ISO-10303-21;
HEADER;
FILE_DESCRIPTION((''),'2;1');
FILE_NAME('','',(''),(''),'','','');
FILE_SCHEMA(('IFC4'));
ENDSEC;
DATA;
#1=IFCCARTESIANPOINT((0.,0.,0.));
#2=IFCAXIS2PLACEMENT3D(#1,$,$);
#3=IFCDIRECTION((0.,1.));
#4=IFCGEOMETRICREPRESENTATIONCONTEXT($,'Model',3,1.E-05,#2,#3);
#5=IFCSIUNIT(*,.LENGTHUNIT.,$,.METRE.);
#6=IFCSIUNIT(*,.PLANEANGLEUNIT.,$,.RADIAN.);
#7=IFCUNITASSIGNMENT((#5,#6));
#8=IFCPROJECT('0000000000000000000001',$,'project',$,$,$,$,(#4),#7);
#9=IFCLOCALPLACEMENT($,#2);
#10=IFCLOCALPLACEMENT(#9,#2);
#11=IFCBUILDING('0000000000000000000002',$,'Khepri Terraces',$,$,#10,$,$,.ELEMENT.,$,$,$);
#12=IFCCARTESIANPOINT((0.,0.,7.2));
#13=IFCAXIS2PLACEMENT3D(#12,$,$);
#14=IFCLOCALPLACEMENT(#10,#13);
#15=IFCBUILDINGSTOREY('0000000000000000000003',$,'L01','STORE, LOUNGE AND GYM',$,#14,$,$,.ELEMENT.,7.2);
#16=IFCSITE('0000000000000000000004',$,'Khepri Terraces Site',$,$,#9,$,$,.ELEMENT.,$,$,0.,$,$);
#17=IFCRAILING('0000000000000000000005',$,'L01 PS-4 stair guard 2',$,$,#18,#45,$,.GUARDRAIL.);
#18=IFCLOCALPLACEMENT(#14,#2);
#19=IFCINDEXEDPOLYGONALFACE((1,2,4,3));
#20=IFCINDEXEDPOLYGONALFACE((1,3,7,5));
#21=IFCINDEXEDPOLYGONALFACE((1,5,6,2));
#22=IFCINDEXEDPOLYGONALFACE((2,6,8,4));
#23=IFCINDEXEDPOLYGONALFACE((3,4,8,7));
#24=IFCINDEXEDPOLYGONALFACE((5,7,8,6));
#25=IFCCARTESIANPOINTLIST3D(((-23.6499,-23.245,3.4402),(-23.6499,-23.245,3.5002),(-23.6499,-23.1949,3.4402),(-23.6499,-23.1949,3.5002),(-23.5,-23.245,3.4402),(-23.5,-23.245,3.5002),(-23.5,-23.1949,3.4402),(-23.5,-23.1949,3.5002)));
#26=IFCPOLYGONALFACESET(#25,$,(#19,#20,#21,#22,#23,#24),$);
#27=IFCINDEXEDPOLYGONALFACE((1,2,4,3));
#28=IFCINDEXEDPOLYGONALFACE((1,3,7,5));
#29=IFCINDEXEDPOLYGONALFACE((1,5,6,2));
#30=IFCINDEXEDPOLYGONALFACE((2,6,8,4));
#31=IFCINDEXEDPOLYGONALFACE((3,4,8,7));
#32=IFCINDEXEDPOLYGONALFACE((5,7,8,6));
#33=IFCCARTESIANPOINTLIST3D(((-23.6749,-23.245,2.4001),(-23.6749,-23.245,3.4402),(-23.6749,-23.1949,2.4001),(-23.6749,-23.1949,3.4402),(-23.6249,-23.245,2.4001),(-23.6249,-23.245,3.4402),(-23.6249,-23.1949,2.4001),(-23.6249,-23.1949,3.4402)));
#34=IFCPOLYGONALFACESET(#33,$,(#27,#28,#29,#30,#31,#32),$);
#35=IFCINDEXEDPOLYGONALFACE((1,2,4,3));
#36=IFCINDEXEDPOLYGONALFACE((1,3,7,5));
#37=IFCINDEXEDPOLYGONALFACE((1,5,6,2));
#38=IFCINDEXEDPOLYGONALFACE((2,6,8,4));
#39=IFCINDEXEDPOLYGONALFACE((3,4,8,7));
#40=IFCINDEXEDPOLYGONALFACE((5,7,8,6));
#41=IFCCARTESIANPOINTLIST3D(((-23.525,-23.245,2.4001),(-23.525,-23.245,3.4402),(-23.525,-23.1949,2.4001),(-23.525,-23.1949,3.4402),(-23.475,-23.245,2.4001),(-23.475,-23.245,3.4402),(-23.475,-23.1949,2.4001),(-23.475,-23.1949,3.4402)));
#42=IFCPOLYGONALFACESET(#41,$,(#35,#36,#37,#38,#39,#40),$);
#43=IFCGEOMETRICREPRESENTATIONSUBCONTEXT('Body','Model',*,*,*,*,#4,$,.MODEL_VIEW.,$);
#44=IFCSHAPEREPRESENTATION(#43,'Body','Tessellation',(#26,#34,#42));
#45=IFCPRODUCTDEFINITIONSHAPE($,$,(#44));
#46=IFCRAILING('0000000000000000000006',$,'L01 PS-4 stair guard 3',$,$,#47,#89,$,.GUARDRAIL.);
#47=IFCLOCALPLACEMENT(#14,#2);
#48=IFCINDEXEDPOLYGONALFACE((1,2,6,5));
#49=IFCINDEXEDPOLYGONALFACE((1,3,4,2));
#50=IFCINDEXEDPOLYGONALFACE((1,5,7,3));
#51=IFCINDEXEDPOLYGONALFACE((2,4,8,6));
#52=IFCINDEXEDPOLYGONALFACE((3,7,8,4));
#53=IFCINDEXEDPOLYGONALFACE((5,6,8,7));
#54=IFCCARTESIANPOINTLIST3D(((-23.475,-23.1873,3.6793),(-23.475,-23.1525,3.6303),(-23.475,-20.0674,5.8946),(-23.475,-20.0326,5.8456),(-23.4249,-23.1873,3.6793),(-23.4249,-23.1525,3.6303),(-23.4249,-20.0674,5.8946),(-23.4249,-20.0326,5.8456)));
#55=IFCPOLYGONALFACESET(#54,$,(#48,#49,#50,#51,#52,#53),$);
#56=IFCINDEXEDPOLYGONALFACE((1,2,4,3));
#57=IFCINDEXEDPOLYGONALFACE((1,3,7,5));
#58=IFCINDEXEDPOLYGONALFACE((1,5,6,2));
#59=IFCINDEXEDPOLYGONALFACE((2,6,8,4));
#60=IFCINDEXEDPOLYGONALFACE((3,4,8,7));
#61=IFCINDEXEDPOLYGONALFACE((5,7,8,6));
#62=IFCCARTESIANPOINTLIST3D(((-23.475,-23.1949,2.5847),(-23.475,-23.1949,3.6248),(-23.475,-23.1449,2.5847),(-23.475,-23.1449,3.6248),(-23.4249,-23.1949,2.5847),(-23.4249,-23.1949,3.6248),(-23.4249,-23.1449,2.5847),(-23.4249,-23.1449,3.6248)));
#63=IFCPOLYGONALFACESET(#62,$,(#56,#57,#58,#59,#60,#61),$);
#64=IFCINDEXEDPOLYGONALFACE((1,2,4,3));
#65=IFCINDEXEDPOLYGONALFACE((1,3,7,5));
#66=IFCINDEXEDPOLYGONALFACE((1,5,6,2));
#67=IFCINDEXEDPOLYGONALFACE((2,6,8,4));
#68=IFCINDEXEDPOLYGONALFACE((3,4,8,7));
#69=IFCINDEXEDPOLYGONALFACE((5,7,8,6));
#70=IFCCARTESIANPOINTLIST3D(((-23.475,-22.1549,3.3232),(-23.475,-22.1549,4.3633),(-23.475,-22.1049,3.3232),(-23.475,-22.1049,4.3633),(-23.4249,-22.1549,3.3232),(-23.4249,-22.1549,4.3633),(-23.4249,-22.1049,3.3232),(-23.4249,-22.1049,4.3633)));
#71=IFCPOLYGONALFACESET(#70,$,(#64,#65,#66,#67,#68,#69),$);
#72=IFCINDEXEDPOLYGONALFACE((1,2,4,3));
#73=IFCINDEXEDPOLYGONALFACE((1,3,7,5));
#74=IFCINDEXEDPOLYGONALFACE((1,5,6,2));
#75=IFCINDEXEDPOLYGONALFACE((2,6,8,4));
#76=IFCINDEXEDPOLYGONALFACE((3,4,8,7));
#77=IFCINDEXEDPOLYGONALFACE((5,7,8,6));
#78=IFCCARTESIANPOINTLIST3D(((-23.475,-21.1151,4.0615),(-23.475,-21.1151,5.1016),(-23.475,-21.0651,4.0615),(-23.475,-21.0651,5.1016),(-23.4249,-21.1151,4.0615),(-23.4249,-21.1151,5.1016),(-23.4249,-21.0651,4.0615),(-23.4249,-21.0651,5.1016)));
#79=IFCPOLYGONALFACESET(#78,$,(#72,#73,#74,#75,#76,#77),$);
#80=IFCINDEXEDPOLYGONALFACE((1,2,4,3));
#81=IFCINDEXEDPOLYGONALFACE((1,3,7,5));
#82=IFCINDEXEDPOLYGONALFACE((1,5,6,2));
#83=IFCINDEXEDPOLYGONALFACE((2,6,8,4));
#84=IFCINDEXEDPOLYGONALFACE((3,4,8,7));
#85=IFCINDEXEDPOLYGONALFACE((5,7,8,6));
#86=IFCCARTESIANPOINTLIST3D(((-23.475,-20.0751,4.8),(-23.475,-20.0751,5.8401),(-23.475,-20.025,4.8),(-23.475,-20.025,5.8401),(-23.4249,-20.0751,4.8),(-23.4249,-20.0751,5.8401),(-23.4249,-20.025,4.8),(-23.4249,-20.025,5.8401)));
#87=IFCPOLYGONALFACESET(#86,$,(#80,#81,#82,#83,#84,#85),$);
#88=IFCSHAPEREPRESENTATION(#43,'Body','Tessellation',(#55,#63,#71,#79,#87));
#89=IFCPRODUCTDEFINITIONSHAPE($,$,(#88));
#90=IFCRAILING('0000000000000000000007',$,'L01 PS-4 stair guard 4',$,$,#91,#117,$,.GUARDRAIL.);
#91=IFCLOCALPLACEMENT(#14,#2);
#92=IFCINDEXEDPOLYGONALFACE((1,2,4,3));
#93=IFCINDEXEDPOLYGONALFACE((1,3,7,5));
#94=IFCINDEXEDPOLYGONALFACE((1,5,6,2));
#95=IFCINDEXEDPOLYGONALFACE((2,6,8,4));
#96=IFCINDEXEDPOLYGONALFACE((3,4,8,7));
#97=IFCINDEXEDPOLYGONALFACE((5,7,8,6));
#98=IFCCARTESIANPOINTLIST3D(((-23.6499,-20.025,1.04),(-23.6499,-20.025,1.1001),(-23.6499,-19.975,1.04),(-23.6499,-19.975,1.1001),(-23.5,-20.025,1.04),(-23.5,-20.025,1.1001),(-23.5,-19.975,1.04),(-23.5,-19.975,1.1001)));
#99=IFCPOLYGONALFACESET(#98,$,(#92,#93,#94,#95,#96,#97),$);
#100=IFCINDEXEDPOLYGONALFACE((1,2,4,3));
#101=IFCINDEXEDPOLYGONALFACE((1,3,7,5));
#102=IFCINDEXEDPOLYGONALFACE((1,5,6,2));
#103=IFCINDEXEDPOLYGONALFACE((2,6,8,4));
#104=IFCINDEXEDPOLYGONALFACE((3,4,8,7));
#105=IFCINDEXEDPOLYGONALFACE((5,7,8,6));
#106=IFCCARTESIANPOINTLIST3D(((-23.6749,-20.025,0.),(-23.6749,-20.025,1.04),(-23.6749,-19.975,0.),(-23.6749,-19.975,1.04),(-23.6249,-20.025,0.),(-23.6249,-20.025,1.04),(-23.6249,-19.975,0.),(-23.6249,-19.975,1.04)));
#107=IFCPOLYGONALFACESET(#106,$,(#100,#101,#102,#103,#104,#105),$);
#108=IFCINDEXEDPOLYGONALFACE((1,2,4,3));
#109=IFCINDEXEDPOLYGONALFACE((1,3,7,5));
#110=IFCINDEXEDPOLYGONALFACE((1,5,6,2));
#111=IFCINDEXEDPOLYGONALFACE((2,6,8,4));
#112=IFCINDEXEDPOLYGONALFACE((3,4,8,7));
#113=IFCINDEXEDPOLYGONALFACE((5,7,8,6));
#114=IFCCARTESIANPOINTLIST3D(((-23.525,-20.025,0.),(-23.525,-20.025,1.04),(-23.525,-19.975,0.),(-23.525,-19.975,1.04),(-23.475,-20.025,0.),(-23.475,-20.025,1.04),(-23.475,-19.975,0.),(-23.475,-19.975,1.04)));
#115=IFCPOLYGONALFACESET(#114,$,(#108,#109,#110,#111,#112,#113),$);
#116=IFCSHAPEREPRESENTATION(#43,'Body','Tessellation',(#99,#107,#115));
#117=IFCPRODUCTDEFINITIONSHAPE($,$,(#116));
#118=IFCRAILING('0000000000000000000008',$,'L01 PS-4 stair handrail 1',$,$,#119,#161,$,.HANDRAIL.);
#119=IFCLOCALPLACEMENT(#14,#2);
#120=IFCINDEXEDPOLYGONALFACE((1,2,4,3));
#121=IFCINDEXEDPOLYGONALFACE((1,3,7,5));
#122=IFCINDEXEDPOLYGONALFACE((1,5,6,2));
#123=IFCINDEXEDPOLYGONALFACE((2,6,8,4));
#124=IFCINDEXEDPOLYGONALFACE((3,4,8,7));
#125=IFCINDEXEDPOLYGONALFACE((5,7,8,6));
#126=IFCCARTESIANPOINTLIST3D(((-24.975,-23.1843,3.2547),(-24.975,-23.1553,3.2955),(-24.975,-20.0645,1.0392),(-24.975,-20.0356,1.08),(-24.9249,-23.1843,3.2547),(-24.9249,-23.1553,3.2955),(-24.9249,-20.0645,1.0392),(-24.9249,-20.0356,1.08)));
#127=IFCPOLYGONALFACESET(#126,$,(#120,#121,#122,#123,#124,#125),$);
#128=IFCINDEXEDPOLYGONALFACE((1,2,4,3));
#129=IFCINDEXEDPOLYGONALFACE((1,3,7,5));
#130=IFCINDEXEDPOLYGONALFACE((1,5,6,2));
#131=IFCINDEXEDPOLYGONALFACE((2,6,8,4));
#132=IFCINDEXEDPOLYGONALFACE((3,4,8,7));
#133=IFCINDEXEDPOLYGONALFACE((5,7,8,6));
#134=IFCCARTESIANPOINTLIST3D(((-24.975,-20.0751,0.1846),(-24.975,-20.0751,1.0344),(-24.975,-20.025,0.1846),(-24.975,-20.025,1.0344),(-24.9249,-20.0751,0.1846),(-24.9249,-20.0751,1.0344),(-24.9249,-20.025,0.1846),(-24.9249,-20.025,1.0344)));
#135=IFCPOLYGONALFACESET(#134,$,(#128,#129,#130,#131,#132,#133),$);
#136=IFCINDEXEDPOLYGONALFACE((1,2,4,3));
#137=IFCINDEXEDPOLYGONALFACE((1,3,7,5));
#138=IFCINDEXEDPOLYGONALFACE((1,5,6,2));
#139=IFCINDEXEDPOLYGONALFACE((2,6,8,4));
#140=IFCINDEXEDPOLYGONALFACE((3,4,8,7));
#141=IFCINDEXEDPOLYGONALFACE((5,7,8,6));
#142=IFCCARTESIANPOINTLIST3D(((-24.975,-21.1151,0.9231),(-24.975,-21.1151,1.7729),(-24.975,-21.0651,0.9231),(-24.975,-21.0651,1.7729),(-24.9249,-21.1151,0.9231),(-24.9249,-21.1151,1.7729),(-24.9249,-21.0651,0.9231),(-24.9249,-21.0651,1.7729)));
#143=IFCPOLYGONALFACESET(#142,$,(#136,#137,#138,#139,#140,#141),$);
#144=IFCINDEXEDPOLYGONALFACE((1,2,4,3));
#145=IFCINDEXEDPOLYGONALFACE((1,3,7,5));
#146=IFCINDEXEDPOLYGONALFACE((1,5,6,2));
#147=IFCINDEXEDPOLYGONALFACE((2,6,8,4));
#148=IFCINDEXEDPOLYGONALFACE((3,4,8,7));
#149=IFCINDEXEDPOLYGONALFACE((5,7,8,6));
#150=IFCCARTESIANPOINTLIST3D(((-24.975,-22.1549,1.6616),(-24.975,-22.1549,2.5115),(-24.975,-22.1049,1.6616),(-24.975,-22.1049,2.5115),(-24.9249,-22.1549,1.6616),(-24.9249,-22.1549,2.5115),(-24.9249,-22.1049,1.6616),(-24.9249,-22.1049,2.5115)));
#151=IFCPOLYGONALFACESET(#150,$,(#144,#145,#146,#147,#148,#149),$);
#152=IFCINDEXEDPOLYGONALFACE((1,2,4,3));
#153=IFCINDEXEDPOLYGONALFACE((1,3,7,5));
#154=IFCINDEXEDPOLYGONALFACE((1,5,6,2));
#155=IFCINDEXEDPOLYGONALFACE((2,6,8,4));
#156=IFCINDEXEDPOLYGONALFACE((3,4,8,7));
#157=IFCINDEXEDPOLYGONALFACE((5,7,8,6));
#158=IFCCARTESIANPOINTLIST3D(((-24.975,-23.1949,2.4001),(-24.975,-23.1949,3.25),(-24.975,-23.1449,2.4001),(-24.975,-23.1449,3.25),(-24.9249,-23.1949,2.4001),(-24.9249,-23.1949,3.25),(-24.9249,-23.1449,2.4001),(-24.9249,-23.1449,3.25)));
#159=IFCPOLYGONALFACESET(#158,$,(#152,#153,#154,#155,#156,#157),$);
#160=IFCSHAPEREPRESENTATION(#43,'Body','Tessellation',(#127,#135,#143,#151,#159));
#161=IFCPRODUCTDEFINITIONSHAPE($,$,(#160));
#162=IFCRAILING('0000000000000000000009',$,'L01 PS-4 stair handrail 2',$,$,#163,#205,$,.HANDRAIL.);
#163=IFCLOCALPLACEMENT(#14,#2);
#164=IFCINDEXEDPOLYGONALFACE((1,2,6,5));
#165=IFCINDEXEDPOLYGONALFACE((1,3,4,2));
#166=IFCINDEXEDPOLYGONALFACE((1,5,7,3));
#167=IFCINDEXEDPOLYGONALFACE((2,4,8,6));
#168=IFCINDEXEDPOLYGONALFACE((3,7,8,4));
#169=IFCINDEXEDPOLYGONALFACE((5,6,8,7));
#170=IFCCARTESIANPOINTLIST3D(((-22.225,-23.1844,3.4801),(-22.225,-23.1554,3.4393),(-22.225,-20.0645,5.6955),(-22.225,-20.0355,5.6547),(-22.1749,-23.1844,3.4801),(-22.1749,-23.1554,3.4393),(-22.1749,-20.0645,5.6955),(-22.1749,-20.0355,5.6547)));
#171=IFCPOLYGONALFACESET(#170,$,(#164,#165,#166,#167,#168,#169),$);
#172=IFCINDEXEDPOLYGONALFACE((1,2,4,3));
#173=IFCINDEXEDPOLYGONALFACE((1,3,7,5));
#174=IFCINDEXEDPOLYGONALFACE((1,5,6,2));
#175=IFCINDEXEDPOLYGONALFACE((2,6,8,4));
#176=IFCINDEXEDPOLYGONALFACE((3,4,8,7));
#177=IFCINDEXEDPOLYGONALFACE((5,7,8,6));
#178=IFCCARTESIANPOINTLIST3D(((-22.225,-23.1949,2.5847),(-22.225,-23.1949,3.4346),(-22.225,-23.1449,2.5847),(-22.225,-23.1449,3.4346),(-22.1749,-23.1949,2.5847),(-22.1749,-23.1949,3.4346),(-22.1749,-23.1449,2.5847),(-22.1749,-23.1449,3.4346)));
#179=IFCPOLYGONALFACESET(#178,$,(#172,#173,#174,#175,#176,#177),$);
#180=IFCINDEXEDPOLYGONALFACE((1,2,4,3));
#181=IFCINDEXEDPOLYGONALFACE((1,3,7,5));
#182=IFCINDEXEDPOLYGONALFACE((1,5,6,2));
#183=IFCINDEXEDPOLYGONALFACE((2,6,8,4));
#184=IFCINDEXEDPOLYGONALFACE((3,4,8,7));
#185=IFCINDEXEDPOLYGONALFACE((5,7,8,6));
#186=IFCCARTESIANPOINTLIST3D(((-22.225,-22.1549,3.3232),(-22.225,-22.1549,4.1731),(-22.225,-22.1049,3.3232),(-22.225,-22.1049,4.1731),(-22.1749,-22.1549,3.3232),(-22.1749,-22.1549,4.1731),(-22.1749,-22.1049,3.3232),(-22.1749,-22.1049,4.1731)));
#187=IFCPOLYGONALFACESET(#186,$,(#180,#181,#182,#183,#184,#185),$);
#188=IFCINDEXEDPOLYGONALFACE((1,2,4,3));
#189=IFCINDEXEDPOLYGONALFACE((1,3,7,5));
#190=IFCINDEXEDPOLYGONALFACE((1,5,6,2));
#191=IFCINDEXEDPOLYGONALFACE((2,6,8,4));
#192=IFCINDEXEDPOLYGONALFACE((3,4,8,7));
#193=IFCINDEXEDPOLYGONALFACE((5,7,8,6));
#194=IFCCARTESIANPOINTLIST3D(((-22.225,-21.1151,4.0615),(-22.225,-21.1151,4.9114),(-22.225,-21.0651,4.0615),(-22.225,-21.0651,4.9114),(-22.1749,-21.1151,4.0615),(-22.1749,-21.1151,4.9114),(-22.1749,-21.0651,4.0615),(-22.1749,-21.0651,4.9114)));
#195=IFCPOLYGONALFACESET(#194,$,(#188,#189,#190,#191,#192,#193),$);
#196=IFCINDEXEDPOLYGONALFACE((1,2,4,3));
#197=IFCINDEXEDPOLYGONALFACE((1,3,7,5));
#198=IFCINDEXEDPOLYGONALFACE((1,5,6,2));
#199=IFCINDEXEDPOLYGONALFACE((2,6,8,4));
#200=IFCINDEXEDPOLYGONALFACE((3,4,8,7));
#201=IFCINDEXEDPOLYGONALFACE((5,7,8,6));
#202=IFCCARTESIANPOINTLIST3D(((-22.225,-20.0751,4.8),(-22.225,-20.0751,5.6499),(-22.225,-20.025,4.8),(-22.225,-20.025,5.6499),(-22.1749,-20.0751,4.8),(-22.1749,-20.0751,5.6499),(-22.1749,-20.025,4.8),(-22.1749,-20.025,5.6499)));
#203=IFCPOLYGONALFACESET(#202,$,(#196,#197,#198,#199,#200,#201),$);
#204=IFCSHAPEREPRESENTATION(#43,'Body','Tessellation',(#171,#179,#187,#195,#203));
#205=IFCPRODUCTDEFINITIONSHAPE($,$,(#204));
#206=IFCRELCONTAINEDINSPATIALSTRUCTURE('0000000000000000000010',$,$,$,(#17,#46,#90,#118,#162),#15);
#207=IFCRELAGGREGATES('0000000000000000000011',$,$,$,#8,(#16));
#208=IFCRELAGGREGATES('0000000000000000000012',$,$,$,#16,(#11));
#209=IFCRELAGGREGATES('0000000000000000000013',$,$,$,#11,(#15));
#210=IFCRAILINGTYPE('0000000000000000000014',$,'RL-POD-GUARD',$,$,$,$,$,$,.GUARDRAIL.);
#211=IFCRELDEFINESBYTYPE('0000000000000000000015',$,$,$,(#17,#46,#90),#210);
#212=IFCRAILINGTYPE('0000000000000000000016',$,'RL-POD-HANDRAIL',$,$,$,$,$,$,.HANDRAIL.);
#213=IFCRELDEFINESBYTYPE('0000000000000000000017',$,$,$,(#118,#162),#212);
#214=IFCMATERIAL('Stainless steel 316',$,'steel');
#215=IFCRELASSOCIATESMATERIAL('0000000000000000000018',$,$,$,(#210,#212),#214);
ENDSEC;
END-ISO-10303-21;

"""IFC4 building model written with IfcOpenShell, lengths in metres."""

from ifc_helpers import new_model, si_unit, direction, frame, origin, origin_2d, place, context, subcontext, project, spatial, rectangle, extrude, material, type_object, element, save


model = new_model("IFC4")

# Units and contexts
model_context = context("Model", 3, precision=1e-05, world=origin(), true_north=direction((0.0, 1.0)))
body_context = subcontext(model_context, "Body", "Model", "MODEL_VIEW")
ifc_project = project(units=[si_unit("LENGTHUNIT", "METRE"), si_unit("PLANEANGLEUNIT", "RADIAN")], contexts=[model_context])

# Site, building, storey
site_placement = place(None, origin())
site = spatial("IfcSite", under=ifc_project, at=site_placement, Name="Khepri Terraces Site", CompositionType="ELEMENT", RefElevation=0.0)
building_placement = place(site_placement, origin())
building = spatial("IfcBuilding", under=site, at=building_placement, Name="Khepri Terraces", CompositionType="ELEMENT")
storey_placement = place(building_placement, frame((0.0, 0.0, 7.2)))
storey = spatial("IfcBuildingStorey", under=building, at=storey_placement, Name="L01", Description="STORE, LOUNGE AND GYM", CompositionType="ELEMENT", Elevation=7.2)

# Railings
ifc_material_1 = material(Name="Stainless steel 316", Category="steel")
railing_type_1 = type_object("IfcRailingType", Name="RL-POD-GUARD", PredefinedType="GUARDRAIL", material=ifc_material_1)
railing_1_placement = place(storey_placement, frame((-23.6499, -23.22, 2.4001)))
element("IfcRailing", 1, at=railing_1_placement, inside=storey, type_object=railing_type_1, Name="L01 PS-4 stair guard 2", PredefinedType="GUARDRAIL", context=body_context, shape_type="SweptSolid", body=[
    extrude(rectangle(XDim=0.05, YDim=0.0601, at=origin_2d()), frame((0.0, 0.0, 1.0701), z_axis=(1.0, 0.0, 0.0), x_axis=(0.0, 1.0, 0.0)), (0.0, 0.0, 1.0), 0.1499),
    extrude(rectangle(XDim=0.05, YDim=0.05, at=origin_2d()), origin(), (0.0, 0.0, 1.0), 1.04),
    extrude(rectangle(XDim=0.05, YDim=0.05, at=origin_2d()), frame((0.1499, 0.0, 0.0)), (0.0, 0.0, 1.0), 1.04),
])
railing_2_placement = place(storey_placement, frame((-23.45, -23.1699, 2.5847)))
element("IfcRailing", 2, at=railing_2_placement, inside=storey, type_object=railing_type_1, Name="L01 PS-4 stair guard 3", PredefinedType="GUARDRAIL", context=body_context, shape_type="SweptSolid", body=[
    extrude(rectangle(XDim=0.05, YDim=0.0601, at=origin_2d()), frame((0.0, 0.0, 1.0701), z_axis=(0.0, 0.815356, 0.578961), x_axis=(-1.0, 0.0, 0.0)), (0.0, 0.0, 1.0), 3.8264),
    extrude(rectangle(XDim=0.05, YDim=0.05, at=origin_2d()), origin(), (0.0, 0.0, 1.0), 1.04),
    extrude(rectangle(XDim=0.05, YDim=0.05, at=origin_2d()), frame((0.0, 1.04, 0.7385)), (0.0, 0.0, 1.0), 1.04),
    extrude(rectangle(XDim=0.05, YDim=0.05, at=origin_2d()), frame((0.0, 2.0798, 1.4768)), (0.0, 0.0, 1.0), 1.04),
    extrude(rectangle(XDim=0.05, YDim=0.05, at=origin_2d()), frame((0.0, 3.1199, 2.2153)), (0.0, 0.0, 1.0), 1.04),
])
railing_3_placement = place(storey_placement, frame((-23.6499, -20.0, 0.0)))
element("IfcRailing", 3, at=railing_3_placement, inside=storey, type_object=railing_type_1, Name="L01 PS-4 stair guard 4", PredefinedType="GUARDRAIL", context=body_context, shape_type="SweptSolid", body=[
    extrude(rectangle(XDim=0.05, YDim=0.0601, at=origin_2d()), frame((0.0, 0.0, 1.0701), z_axis=(1.0, 0.0, 0.0), x_axis=(0.0, 1.0, 0.0)), (0.0, 0.0, 1.0), 0.1499),
    extrude(rectangle(XDim=0.05, YDim=0.05, at=origin_2d()), origin(), (0.0, 0.0, 1.0), 1.04),
    extrude(rectangle(XDim=0.05, YDim=0.05, at=origin_2d()), frame((0.1499, 0.0, 0.0)), (0.0, 0.0, 1.0), 1.04),
])
railing_type_2 = type_object("IfcRailingType", Name="RL-POD-HANDRAIL", PredefinedType="HANDRAIL", material=ifc_material_1)
railing_4_placement = place(storey_placement, frame((-24.95, -20.05, 0.1846)))
element("IfcRailing", 4, at=railing_4_placement, inside=storey, type_object=railing_type_2, Name="L01 PS-4 stair handrail 1", PredefinedType="HANDRAIL", context=body_context, shape_type="SweptSolid", body=[
    extrude(rectangle(XDim=0.05, YDim=0.05, at=origin_2d()), frame((0.0, 0.0, 0.875), z_axis=(0.0, -0.815325, 0.579003), x_axis=(1.0, 0.0, 0.0)), (0.0, 0.0, 1.0), 3.8264),
    extrude(rectangle(XDim=0.05, YDim=0.05, at=origin_2d()), origin(), (0.0, 0.0, 1.0), 0.8499),
    extrude(rectangle(XDim=0.05, YDim=0.05, at=origin_2d()), frame((0.0, -1.04, 0.7385)), (0.0, 0.0, 1.0), 0.8499),
    extrude(rectangle(XDim=0.05, YDim=0.05, at=origin_2d()), frame((0.0, -2.0798, 1.4771)), (0.0, 0.0, 1.0), 0.8499),
    extrude(rectangle(XDim=0.05, YDim=0.05, at=origin_2d()), frame((0.0, -3.1199, 2.2156)), (0.0, 0.0, 1.0), 0.8499),
])
railing_5_placement = place(storey_placement, frame((-22.2, -23.1699, 2.5847)))
element("IfcRailing", 5, at=railing_5_placement, inside=storey, type_object=railing_type_2, Name="L01 PS-4 stair handrail 2", PredefinedType="HANDRAIL", context=body_context, shape_type="SweptSolid", body=[
    extrude(rectangle(XDim=0.05, YDim=0.05, at=origin_2d()), frame((0.0, 0.0, 0.875), z_axis=(0.0, 0.815356, 0.578961), x_axis=(-1.0, 0.0, 0.0)), (0.0, 0.0, 1.0), 3.8264),
    extrude(rectangle(XDim=0.05, YDim=0.05, at=origin_2d()), origin(), (0.0, 0.0, 1.0), 0.8499),
    extrude(rectangle(XDim=0.05, YDim=0.05, at=origin_2d()), frame((0.0, 1.04, 0.7385)), (0.0, 0.0, 1.0), 0.8499),
    extrude(rectangle(XDim=0.05, YDim=0.05, at=origin_2d()), frame((0.0, 2.0798, 1.4768)), (0.0, 0.0, 1.0), 0.8499),
    extrude(rectangle(XDim=0.05, YDim=0.05, at=origin_2d()), frame((0.0, 3.1199, 2.2153)), (0.0, 0.0, 1.0), 0.8499),
])

save(model, "model.ifc")
